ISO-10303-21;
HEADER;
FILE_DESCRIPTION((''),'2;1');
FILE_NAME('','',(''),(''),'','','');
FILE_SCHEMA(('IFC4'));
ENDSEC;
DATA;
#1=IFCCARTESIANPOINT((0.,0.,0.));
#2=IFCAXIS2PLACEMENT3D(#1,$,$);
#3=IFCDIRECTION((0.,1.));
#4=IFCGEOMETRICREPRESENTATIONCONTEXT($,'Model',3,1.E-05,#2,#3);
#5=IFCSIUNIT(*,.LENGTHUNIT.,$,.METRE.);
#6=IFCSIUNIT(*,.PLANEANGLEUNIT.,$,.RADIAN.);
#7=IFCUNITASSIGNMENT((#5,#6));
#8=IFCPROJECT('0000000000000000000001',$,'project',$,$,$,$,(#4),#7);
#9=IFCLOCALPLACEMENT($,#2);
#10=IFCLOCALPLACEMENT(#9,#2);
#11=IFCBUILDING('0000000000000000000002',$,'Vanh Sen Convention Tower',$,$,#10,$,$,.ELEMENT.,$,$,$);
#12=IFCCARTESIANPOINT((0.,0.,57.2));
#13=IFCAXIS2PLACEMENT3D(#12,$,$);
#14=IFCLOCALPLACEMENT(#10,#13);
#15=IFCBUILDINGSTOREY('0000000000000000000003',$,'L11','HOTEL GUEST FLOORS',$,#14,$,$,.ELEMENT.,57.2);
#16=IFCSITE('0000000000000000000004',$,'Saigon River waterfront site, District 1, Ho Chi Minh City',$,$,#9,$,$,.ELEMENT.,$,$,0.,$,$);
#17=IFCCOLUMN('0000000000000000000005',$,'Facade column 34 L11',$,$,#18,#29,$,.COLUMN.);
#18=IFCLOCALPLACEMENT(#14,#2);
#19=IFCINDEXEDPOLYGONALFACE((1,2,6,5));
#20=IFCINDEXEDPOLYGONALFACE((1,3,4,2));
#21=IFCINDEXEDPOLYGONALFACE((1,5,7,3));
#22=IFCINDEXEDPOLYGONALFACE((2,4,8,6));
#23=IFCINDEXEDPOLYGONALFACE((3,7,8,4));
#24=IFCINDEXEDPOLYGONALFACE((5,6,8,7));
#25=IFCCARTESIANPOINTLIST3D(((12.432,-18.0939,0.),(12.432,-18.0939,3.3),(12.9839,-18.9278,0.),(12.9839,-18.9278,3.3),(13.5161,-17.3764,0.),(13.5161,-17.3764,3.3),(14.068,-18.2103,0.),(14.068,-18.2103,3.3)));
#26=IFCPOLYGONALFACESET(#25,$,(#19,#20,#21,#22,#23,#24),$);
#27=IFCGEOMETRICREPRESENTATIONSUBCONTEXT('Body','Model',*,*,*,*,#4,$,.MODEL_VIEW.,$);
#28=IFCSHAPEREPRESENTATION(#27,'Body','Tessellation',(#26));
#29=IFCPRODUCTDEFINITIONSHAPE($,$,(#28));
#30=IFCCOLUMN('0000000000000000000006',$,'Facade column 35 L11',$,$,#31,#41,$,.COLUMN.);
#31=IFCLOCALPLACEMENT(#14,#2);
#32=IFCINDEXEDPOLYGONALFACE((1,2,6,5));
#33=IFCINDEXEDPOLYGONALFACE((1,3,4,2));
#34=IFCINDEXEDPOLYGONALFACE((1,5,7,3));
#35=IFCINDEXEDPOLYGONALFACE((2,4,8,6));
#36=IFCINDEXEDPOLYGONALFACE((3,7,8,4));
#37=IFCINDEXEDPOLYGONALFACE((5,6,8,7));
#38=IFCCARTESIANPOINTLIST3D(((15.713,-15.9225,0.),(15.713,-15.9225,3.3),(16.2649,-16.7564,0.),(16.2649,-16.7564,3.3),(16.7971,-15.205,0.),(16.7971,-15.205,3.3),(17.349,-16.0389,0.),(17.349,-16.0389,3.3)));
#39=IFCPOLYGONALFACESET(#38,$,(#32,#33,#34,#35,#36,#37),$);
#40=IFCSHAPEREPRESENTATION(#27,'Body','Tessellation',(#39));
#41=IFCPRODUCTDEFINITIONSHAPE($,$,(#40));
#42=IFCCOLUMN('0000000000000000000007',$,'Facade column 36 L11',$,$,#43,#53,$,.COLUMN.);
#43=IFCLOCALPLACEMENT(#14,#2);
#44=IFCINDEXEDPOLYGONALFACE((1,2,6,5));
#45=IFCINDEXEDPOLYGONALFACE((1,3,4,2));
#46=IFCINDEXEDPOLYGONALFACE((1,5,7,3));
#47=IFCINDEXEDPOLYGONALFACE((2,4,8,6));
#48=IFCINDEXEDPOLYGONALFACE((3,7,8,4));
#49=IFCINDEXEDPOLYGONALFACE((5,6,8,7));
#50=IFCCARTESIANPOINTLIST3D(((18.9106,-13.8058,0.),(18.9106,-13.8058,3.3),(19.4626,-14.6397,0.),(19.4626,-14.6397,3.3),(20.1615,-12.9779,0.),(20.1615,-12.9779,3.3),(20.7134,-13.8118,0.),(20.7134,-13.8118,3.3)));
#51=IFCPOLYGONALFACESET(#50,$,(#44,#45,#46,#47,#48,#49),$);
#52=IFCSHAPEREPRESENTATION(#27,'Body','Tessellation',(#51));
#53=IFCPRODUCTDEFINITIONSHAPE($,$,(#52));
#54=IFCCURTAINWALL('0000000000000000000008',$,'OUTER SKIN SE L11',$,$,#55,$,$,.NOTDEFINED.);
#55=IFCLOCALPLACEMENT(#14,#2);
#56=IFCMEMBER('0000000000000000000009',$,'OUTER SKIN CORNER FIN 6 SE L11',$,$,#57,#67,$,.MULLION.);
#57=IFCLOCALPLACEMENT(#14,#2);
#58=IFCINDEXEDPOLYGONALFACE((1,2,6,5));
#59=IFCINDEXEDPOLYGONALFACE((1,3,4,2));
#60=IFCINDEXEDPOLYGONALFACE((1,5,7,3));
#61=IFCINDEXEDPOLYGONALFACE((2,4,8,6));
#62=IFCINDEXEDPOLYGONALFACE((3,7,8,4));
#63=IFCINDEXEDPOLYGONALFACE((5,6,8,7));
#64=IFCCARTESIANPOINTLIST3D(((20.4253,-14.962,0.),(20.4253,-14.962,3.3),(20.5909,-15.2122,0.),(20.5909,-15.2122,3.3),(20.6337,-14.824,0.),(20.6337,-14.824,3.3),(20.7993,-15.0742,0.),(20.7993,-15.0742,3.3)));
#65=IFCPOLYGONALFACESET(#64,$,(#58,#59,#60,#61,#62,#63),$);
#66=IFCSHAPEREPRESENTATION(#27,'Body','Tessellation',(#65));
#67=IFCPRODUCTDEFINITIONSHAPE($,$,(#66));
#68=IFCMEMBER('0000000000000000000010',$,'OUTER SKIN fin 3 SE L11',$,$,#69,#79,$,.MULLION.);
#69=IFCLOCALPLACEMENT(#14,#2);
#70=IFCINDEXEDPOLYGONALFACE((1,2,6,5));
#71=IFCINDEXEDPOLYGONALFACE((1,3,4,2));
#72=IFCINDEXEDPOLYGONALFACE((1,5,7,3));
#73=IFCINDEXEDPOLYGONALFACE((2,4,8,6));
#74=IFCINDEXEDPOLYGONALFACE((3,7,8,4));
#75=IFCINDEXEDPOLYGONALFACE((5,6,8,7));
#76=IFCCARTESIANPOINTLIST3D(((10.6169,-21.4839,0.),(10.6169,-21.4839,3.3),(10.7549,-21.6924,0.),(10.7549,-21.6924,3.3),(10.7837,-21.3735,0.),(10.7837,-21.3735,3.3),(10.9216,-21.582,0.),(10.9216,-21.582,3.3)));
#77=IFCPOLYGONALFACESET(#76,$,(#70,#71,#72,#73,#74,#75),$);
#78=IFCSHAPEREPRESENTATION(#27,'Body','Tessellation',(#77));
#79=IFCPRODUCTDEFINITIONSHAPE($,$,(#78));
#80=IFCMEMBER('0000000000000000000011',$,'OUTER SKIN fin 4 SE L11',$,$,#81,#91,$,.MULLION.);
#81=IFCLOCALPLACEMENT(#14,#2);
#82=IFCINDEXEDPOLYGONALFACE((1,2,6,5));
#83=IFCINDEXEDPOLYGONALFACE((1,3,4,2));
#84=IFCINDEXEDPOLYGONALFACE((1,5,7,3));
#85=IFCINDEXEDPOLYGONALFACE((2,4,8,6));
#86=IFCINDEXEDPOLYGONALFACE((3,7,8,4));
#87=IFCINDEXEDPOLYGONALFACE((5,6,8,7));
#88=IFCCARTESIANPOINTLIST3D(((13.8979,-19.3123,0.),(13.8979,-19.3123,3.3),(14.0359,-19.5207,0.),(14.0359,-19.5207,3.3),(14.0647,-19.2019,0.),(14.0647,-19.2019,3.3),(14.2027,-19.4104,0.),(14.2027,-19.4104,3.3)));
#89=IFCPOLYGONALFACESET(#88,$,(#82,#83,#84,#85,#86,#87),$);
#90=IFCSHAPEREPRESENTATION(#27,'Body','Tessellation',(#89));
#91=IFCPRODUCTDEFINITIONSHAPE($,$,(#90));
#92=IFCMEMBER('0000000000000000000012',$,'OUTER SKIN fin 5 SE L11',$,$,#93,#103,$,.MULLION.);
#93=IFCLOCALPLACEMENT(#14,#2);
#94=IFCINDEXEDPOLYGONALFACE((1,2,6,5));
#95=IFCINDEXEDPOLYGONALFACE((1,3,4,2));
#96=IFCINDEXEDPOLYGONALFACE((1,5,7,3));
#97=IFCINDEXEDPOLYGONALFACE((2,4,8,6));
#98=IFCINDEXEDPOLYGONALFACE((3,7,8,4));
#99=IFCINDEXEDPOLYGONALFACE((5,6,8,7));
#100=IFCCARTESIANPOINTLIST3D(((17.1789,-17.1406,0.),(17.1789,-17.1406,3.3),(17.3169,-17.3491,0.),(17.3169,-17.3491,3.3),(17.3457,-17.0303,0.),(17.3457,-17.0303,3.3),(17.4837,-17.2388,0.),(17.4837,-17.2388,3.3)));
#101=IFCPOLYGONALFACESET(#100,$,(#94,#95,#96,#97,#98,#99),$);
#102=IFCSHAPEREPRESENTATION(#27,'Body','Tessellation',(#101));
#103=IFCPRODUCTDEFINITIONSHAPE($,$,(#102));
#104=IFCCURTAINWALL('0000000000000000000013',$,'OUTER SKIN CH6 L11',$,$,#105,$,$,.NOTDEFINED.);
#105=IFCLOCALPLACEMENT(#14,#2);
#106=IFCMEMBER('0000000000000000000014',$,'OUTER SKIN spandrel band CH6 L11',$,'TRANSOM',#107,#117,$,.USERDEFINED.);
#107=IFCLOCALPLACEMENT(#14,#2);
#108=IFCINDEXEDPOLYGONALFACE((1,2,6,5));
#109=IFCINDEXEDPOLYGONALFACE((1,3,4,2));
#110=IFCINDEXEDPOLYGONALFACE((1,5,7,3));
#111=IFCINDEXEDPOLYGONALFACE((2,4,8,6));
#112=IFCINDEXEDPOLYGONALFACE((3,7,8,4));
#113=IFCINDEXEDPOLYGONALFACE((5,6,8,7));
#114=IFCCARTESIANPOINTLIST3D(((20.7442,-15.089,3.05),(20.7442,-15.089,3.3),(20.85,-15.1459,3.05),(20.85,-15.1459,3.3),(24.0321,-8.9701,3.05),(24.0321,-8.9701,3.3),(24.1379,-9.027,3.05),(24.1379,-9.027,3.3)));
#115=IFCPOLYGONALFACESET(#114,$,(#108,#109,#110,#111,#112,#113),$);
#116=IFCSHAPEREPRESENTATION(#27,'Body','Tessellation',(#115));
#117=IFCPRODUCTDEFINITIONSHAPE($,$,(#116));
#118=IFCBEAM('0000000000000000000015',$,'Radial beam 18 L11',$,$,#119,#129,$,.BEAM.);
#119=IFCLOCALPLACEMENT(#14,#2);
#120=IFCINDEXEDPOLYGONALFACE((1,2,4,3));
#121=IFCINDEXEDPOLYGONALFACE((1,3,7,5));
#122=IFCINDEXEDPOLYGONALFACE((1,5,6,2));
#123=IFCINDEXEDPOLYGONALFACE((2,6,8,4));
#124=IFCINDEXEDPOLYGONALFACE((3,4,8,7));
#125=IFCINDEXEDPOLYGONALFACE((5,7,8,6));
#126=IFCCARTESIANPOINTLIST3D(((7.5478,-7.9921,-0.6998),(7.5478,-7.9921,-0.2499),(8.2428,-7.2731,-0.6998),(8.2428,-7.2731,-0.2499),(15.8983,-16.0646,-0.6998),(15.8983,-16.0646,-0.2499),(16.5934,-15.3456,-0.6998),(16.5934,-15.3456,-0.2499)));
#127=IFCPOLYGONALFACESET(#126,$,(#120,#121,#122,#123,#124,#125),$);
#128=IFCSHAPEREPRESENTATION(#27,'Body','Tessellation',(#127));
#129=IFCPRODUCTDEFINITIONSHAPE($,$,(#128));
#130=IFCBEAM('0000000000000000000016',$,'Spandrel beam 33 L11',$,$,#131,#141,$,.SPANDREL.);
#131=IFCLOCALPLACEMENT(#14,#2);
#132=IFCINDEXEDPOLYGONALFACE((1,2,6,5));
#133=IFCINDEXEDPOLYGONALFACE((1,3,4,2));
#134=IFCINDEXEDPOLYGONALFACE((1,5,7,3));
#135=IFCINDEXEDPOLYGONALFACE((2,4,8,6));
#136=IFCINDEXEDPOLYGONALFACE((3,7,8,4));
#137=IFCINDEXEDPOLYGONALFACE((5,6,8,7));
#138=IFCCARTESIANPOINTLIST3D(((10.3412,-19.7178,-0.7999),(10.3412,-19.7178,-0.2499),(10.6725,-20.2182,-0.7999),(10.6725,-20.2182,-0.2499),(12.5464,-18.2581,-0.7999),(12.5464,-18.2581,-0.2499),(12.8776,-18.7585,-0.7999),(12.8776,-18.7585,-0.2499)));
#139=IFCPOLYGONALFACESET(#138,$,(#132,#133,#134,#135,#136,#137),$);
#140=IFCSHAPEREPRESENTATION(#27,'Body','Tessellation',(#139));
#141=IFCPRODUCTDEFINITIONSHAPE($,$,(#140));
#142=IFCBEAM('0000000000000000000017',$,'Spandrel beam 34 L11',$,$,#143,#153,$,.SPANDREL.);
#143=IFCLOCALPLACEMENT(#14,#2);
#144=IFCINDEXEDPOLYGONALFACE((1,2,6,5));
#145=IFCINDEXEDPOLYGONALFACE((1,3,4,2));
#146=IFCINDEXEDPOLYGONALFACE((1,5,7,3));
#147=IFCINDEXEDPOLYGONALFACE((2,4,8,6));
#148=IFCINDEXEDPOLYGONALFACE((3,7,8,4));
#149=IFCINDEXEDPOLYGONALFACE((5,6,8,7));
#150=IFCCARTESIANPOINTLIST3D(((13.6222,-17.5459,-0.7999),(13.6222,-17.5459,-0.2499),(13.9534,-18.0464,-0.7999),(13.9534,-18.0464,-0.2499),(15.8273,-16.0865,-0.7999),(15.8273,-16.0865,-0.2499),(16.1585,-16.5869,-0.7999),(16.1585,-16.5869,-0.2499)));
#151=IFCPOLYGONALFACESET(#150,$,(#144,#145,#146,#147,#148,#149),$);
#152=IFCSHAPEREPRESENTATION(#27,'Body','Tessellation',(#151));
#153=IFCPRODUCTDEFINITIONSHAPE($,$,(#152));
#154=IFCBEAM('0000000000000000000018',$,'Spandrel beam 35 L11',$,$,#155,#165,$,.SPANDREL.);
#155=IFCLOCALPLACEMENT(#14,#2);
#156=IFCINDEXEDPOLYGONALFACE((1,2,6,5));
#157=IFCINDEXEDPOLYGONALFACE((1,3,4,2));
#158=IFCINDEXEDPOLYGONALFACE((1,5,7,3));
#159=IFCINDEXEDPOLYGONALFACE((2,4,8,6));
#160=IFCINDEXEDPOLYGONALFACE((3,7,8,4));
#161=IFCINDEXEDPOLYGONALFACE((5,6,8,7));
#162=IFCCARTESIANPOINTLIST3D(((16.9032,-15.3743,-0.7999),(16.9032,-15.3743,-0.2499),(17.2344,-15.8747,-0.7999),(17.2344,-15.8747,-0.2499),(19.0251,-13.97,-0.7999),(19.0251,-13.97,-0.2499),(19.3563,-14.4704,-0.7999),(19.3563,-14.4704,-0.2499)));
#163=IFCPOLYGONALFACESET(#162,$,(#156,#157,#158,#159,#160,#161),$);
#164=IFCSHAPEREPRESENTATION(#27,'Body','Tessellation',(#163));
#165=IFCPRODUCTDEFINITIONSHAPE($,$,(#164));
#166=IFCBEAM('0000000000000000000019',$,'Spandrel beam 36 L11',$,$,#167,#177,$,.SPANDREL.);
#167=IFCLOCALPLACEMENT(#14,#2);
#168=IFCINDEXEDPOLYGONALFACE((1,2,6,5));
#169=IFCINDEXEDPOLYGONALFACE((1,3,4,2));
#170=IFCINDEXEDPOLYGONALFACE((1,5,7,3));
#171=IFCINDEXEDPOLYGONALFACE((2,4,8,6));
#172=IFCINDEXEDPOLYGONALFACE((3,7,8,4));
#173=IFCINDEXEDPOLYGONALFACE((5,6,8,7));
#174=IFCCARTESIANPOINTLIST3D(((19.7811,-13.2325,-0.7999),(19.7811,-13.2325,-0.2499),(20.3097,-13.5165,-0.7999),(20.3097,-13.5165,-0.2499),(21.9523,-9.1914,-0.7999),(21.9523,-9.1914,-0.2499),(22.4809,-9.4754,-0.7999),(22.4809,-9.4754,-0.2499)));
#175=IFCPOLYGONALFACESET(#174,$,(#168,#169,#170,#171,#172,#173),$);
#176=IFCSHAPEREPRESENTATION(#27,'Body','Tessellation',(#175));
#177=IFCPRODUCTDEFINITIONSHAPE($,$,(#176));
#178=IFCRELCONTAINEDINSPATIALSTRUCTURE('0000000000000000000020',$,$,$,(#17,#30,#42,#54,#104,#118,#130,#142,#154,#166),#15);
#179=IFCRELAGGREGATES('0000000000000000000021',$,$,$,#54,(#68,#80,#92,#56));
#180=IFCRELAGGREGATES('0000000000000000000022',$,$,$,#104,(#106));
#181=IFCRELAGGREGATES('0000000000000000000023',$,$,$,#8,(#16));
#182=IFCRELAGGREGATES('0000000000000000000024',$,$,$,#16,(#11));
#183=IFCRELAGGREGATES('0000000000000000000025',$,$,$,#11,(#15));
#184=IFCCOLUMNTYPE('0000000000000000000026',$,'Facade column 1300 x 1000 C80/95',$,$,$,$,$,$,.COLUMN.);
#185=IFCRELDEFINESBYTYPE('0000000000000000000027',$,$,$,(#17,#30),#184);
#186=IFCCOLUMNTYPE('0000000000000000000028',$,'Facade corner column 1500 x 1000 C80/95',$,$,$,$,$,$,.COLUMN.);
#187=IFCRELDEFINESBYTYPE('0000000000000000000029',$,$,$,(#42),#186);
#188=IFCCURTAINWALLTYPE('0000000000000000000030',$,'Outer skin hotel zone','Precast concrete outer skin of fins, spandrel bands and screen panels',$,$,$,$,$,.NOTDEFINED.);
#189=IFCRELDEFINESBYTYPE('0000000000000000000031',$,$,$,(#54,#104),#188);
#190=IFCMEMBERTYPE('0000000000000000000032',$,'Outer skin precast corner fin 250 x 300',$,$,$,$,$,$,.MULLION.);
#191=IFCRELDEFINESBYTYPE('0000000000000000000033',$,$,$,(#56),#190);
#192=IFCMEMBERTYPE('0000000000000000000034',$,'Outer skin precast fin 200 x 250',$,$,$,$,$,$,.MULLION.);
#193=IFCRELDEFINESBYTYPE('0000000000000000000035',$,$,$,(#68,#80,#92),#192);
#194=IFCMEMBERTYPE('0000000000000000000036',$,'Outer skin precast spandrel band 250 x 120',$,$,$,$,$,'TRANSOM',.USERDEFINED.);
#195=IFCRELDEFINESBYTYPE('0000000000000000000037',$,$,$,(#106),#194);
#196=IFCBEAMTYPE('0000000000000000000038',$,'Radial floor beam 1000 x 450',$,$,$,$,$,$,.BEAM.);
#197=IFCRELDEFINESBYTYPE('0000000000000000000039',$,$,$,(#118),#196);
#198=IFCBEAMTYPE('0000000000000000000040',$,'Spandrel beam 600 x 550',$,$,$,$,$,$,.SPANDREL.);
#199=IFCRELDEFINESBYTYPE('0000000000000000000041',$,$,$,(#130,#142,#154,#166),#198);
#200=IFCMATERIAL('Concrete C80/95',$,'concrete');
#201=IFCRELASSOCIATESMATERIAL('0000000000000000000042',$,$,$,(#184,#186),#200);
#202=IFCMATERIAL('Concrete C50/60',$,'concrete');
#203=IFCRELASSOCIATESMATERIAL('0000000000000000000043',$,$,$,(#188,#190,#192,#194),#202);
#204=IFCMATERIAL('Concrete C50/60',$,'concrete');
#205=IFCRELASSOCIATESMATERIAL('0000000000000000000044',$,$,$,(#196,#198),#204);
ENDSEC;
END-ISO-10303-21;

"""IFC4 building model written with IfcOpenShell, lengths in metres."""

from ifc_helpers import new_model, si_unit, direction, frame, origin, origin_2d, place, context, subcontext, project, spatial, rectangle, extrude, material, material_profile, profile_set, type_object, element, aggregate, save


model = new_model("IFC4")

# Units and contexts
model_context = context("Model", 3, precision=1e-05, world=origin(), true_north=direction((0.0, 1.0)))
body_context = subcontext(model_context, "Body", "Model", "MODEL_VIEW")
ifc_project = project(units=[si_unit("LENGTHUNIT", "METRE"), si_unit("PLANEANGLEUNIT", "RADIAN")], contexts=[model_context])

# Site, building, storey
site_placement = place(None, origin())
site = spatial("IfcSite", under=ifc_project, at=site_placement, Name="Saigon River waterfront site, District 1, Ho Chi Minh City", CompositionType="ELEMENT", RefElevation=0.0)
building_placement = place(site_placement, origin())
building = spatial("IfcBuilding", under=site, at=building_placement, Name="Vanh Sen Convention Tower", CompositionType="ELEMENT")
storey_placement = place(building_placement, frame((0.0, 0.0, 57.2)))
storey = spatial("IfcBuildingStorey", under=building, at=storey_placement, Name="L11", Description="HOTEL GUEST FLOORS", CompositionType="ELEMENT", Elevation=57.2)

# Columns
ifc_material_1 = material(Name="Concrete C80/95", Category="concrete")
ifc_material_profile_1 = material_profile(ifc_material_1, rectangle(XDim=1.3, YDim=1.0, at=origin_2d()), Name="RC 1300X1000")
ifc_profile_set_1 = profile_set([ifc_material_profile_1], Name="Concrete C80/95")
column_type_1 = type_object("IfcColumnType", Name="Facade column 1300 x 1000 C80/95", PredefinedType="COLUMN", material=ifc_profile_set_1)
for number, where, z_axis, x_axis, name in (
    (1, (13.25, -18.1521, 0.0), (0.0, 0.0, 1.0), (0.833886, 0.551937, 0.0), "Facade column 34 L11"),
    (2, (16.531, -15.9807, 0.0), (0.0, 0.0, 1.0), (0.833886, 0.551937, 0.0), "Facade column 35 L11"),
):
    element("IfcColumn", number, at=place(storey_placement, frame(where, z_axis=z_axis, x_axis=x_axis)), inside=storey, type_object=column_type_1, Name=name, PredefinedType="COLUMN", context=body_context, shape_type="SweptSolid", body=[
        extrude(rectangle(XDim=1.3, YDim=1.0, at=origin_2d()), origin(), (0.0, 0.0, 1.0), 3.3),
    ])
ifc_material_profile_2 = material_profile(ifc_material_1, rectangle(XDim=1.5, YDim=1.0, at=origin_2d()), Name="RC 1500X1000")
ifc_profile_set_2 = profile_set([ifc_material_profile_2], Name="Concrete C80/95")
column_type_2 = type_object("IfcColumnType", Name="Facade corner column 1500 x 1000 C80/95", PredefinedType="COLUMN", material=ifc_profile_set_2)
column_placement = place(storey_placement, frame((19.812, -13.8088, 0.0), z_axis=(0.0, 0.0, 1.0), x_axis=(0.833886, 0.551937, 0.0)))
element("IfcColumn", 3, at=column_placement, inside=storey, type_object=column_type_2, Name="Facade column 36 L11", PredefinedType="COLUMN", context=body_context, shape_type="SweptSolid", body=[
    extrude(rectangle(XDim=1.5, YDim=1.0, at=origin_2d()), origin(), (0.0, 0.0, 1.0), 3.3),
])

# Curtain wall, members
ifc_material_2 = material(Name="Concrete C50/60", Category="concrete")
curtain_wall_type = type_object("IfcCurtainWallType", Name="Outer skin hotel zone", Description="Precast concrete outer skin of fins, spandrel bands and screen panels", PredefinedType="NOTDEFINED", material=ifc_material_2)
curtain_wall_1_placement = place(storey_placement, origin())
curtain_wall_1 = element("IfcCurtainWall", 4, at=curtain_wall_1_placement, inside=storey, type_object=curtain_wall_type, Name="OUTER SKIN SE L11", PredefinedType="NOTDEFINED")
ifc_material_profile_3 = material_profile(ifc_material_2, rectangle(XDim=0.25, YDim=0.3, at=origin_2d()), Name="Outer skin precast corner fin 250 x 300")
ifc_profile_set_3 = profile_set([ifc_material_profile_3], Name="Concrete C50/60")
member_type_1 = type_object("IfcMemberType", Name="Outer skin precast corner fin 250 x 300", PredefinedType="MULLION", material=ifc_profile_set_3)
member_1_placement = place(storey_placement, frame((20.6123, -15.0181, 0.0), z_axis=(0.0, 0.0, 1.0), x_axis=(0.833886, 0.551937, 0.0)))
member_1 = element("IfcMember", 5, at=member_1_placement, type_object=member_type_1, Name="OUTER SKIN CORNER FIN 6 SE L11", PredefinedType="MULLION", context=body_context, shape_type="SweptSolid", body=[
    extrude(rectangle(XDim=0.25, YDim=0.3, at=origin_2d()), origin(), (0.0, 0.0, 1.0), 3.3),
])
ifc_material_profile_4 = material_profile(ifc_material_2, rectangle(XDim=0.2, YDim=0.25, at=origin_2d()), Name="Outer skin precast fin 200 x 250")
ifc_profile_set_4 = profile_set([ifc_material_profile_4], Name="Concrete C50/60")
member_type_2 = type_object("IfcMemberType", Name="Outer skin precast fin 200 x 250", PredefinedType="MULLION", material=ifc_profile_set_4)
member_2_placement = place(storey_placement, frame((10.7693, -21.533, 0.0), z_axis=(0.0, 0.0, 1.0), x_axis=(0.833886, 0.551937, 0.0)))
member_2 = element("IfcMember", 6, at=member_2_placement, type_object=member_type_2, Name="OUTER SKIN fin 3 SE L11", PredefinedType="MULLION", context=body_context, shape_type="SweptSolid", body=[
    extrude(rectangle(XDim=0.2, YDim=0.25, at=origin_2d()), origin(), (0.0, 0.0, 1.0), 3.3),
])
member_3_placement = place(storey_placement, frame((14.0503, -19.3613, 0.0), z_axis=(0.0, 0.0, 1.0), x_axis=(0.833886, 0.551937, 0.0)))
member_3 = element("IfcMember", 7, at=member_3_placement, type_object=member_type_2, Name="OUTER SKIN fin 4 SE L11", PredefinedType="MULLION", context=body_context, shape_type="SweptSolid", body=[
    extrude(rectangle(XDim=0.2, YDim=0.25, at=origin_2d()), origin(), (0.0, 0.0, 1.0), 3.3),
])
member_4_placement = place(storey_placement, frame((17.3313, -17.1897, 0.0), z_axis=(0.0, 0.0, 1.0), x_axis=(0.833886, 0.551937, 0.0)))
member_4 = element("IfcMember", 8, at=member_4_placement, type_object=member_type_2, Name="OUTER SKIN fin 5 SE L11", PredefinedType="MULLION", context=body_context, shape_type="SweptSolid", body=[
    extrude(rectangle(XDim=0.2, YDim=0.25, at=origin_2d()), origin(), (0.0, 0.0, 1.0), 3.3),
])

# Curtain wall, member
curtain_wall_2_placement = place(storey_placement, origin())
curtain_wall_2 = element("IfcCurtainWall", 9, at=curtain_wall_2_placement, inside=storey, type_object=curtain_wall_type, Name="OUTER SKIN CH6 L11", PredefinedType="NOTDEFINED")
ifc_material_profile_5 = material_profile(ifc_material_2, rectangle(XDim=0.1201, YDim=0.25, at=origin_2d()), Name="Outer skin precast spandrel band 250 x 120")
ifc_profile_set_5 = profile_set([ifc_material_profile_5], Name="Concrete C50/60")
member_type_3 = type_object("IfcMemberType", Name="Outer skin precast spandrel band 250 x 120", ElementType="TRANSOM", PredefinedType="USERDEFINED", material=ifc_profile_set_5)
member_5_placement = place(storey_placement, frame((20.7971, -15.1174, 3.175), z_axis=(0.473324, 0.880888, 0.0), x_axis=(-0.880888, 0.473324, 0.0)))
member_5 = element("IfcMember", 10, at=member_5_placement, type_object=member_type_3, Name="OUTER SKIN spandrel band CH6 L11", ObjectType="TRANSOM", PredefinedType="USERDEFINED", context=body_context, shape_type="SweptSolid", body=[
    extrude(rectangle(XDim=0.1201, YDim=0.25, at=origin_2d()), origin(), (0.0, 0.0, 1.0), 6.9463),
])

# Beams
ifc_material_3 = material(Name="Concrete C50/60", Category="concrete")
ifc_material_profile_6 = material_profile(ifc_material_3, rectangle(XDim=1.0, YDim=0.45, at=origin_2d()), Name="RC 1000X450")
ifc_profile_set_6 = profile_set([ifc_material_profile_6], Name="Concrete C50/60")
beam_type_1 = type_object("IfcBeamType", Name="Radial floor beam 1000 x 450", PredefinedType="BEAM", material=ifc_profile_set_6)
beam_1_placement = place(storey_placement, frame((16.2458, -15.7051, -0.4749), z_axis=(-0.718976, 0.695034, 0.0), x_axis=(-0.695034, -0.718976, 0.0)))
element("IfcBeam", 11, at=beam_1_placement, inside=storey, type_object=beam_type_1, Name="Radial beam 18 L11", PredefinedType="BEAM", context=body_context, shape_type="SweptSolid", body=[
    extrude(rectangle(XDim=1.0, YDim=0.45, at=origin_2d()), origin(), (0.0, 0.0, 1.0), 11.6145),
])
ifc_material_profile_7 = material_profile(ifc_material_3, rectangle(XDim=0.6001, YDim=0.55, at=origin_2d()), Name="RC 600X550")
ifc_profile_set_7 = profile_set([ifc_material_profile_7], Name="Concrete C50/60")
beam_type_2 = type_object("IfcBeamType", Name="Spandrel beam 600 x 550", PredefinedType="SPANDREL", material=ifc_profile_set_7)
beam_2_placement = place(storey_placement, frame((10.5068, -19.968, -0.5249), z_axis=(0.83385, 0.551992, 0.0), x_axis=(-0.551992, 0.83385, 0.0)))
element("IfcBeam", 12, at=beam_2_placement, inside=storey, type_object=beam_type_2, Name="Spandrel beam 33 L11", PredefinedType="SPANDREL", context=body_context, shape_type="SweptSolid", body=[
    extrude(rectangle(XDim=0.6001, YDim=0.55, at=origin_2d()), origin(), (0.0, 0.0, 1.0), 2.6445),
])
beam_3_placement = place(storey_placement, frame((13.7878, -17.7961, -0.5249), z_axis=(0.833892, 0.551927, 0.0), x_axis=(-0.551927, 0.833892, 0.0)))
element("IfcBeam", 13, at=beam_3_placement, inside=storey, type_object=beam_type_2, Name="Spandrel beam 34 L11", PredefinedType="SPANDREL", context=body_context, shape_type="SweptSolid", body=[
    extrude(rectangle(XDim=0.6001, YDim=0.55, at=origin_2d()), origin(), (0.0, 0.0, 1.0), 2.6443),
])
beam_4_placement = place(storey_placement, frame((17.0688, -15.6245, -0.5249), z_axis=(0.833906, 0.551907, 0.0), x_axis=(-0.551907, 0.833906, 0.0)))
element("IfcBeam", 14, at=beam_4_placement, inside=storey, type_object=beam_type_2, Name="Spandrel beam 35 L11", PredefinedType="SPANDREL", context=body_context, shape_type="SweptSolid", body=[
    extrude(rectangle(XDim=0.6001, YDim=0.55, at=origin_2d()), origin(), (0.0, 0.0, 1.0), 2.5444),
])
beam_5_placement = place(storey_placement, frame((20.0454, -13.3745, -0.5249), z_axis=(0.47329, 0.880907, 0.0), x_axis=(-0.880907, 0.47329, 0.0)))
element("IfcBeam", 15, at=beam_5_placement, inside=storey, type_object=beam_type_2, Name="Spandrel beam 36 L11", PredefinedType="SPANDREL", context=body_context, shape_type="SweptSolid", body=[
    extrude(rectangle(XDim=0.6001, YDim=0.55, at=origin_2d()), origin(), (0.0, 0.0, 1.0), 4.5874),
])

aggregate(curtain_wall_1, [member_2, member_3, member_4, member_1])
aggregate(curtain_wall_2, [member_5])

save(model, "model.ifc")
